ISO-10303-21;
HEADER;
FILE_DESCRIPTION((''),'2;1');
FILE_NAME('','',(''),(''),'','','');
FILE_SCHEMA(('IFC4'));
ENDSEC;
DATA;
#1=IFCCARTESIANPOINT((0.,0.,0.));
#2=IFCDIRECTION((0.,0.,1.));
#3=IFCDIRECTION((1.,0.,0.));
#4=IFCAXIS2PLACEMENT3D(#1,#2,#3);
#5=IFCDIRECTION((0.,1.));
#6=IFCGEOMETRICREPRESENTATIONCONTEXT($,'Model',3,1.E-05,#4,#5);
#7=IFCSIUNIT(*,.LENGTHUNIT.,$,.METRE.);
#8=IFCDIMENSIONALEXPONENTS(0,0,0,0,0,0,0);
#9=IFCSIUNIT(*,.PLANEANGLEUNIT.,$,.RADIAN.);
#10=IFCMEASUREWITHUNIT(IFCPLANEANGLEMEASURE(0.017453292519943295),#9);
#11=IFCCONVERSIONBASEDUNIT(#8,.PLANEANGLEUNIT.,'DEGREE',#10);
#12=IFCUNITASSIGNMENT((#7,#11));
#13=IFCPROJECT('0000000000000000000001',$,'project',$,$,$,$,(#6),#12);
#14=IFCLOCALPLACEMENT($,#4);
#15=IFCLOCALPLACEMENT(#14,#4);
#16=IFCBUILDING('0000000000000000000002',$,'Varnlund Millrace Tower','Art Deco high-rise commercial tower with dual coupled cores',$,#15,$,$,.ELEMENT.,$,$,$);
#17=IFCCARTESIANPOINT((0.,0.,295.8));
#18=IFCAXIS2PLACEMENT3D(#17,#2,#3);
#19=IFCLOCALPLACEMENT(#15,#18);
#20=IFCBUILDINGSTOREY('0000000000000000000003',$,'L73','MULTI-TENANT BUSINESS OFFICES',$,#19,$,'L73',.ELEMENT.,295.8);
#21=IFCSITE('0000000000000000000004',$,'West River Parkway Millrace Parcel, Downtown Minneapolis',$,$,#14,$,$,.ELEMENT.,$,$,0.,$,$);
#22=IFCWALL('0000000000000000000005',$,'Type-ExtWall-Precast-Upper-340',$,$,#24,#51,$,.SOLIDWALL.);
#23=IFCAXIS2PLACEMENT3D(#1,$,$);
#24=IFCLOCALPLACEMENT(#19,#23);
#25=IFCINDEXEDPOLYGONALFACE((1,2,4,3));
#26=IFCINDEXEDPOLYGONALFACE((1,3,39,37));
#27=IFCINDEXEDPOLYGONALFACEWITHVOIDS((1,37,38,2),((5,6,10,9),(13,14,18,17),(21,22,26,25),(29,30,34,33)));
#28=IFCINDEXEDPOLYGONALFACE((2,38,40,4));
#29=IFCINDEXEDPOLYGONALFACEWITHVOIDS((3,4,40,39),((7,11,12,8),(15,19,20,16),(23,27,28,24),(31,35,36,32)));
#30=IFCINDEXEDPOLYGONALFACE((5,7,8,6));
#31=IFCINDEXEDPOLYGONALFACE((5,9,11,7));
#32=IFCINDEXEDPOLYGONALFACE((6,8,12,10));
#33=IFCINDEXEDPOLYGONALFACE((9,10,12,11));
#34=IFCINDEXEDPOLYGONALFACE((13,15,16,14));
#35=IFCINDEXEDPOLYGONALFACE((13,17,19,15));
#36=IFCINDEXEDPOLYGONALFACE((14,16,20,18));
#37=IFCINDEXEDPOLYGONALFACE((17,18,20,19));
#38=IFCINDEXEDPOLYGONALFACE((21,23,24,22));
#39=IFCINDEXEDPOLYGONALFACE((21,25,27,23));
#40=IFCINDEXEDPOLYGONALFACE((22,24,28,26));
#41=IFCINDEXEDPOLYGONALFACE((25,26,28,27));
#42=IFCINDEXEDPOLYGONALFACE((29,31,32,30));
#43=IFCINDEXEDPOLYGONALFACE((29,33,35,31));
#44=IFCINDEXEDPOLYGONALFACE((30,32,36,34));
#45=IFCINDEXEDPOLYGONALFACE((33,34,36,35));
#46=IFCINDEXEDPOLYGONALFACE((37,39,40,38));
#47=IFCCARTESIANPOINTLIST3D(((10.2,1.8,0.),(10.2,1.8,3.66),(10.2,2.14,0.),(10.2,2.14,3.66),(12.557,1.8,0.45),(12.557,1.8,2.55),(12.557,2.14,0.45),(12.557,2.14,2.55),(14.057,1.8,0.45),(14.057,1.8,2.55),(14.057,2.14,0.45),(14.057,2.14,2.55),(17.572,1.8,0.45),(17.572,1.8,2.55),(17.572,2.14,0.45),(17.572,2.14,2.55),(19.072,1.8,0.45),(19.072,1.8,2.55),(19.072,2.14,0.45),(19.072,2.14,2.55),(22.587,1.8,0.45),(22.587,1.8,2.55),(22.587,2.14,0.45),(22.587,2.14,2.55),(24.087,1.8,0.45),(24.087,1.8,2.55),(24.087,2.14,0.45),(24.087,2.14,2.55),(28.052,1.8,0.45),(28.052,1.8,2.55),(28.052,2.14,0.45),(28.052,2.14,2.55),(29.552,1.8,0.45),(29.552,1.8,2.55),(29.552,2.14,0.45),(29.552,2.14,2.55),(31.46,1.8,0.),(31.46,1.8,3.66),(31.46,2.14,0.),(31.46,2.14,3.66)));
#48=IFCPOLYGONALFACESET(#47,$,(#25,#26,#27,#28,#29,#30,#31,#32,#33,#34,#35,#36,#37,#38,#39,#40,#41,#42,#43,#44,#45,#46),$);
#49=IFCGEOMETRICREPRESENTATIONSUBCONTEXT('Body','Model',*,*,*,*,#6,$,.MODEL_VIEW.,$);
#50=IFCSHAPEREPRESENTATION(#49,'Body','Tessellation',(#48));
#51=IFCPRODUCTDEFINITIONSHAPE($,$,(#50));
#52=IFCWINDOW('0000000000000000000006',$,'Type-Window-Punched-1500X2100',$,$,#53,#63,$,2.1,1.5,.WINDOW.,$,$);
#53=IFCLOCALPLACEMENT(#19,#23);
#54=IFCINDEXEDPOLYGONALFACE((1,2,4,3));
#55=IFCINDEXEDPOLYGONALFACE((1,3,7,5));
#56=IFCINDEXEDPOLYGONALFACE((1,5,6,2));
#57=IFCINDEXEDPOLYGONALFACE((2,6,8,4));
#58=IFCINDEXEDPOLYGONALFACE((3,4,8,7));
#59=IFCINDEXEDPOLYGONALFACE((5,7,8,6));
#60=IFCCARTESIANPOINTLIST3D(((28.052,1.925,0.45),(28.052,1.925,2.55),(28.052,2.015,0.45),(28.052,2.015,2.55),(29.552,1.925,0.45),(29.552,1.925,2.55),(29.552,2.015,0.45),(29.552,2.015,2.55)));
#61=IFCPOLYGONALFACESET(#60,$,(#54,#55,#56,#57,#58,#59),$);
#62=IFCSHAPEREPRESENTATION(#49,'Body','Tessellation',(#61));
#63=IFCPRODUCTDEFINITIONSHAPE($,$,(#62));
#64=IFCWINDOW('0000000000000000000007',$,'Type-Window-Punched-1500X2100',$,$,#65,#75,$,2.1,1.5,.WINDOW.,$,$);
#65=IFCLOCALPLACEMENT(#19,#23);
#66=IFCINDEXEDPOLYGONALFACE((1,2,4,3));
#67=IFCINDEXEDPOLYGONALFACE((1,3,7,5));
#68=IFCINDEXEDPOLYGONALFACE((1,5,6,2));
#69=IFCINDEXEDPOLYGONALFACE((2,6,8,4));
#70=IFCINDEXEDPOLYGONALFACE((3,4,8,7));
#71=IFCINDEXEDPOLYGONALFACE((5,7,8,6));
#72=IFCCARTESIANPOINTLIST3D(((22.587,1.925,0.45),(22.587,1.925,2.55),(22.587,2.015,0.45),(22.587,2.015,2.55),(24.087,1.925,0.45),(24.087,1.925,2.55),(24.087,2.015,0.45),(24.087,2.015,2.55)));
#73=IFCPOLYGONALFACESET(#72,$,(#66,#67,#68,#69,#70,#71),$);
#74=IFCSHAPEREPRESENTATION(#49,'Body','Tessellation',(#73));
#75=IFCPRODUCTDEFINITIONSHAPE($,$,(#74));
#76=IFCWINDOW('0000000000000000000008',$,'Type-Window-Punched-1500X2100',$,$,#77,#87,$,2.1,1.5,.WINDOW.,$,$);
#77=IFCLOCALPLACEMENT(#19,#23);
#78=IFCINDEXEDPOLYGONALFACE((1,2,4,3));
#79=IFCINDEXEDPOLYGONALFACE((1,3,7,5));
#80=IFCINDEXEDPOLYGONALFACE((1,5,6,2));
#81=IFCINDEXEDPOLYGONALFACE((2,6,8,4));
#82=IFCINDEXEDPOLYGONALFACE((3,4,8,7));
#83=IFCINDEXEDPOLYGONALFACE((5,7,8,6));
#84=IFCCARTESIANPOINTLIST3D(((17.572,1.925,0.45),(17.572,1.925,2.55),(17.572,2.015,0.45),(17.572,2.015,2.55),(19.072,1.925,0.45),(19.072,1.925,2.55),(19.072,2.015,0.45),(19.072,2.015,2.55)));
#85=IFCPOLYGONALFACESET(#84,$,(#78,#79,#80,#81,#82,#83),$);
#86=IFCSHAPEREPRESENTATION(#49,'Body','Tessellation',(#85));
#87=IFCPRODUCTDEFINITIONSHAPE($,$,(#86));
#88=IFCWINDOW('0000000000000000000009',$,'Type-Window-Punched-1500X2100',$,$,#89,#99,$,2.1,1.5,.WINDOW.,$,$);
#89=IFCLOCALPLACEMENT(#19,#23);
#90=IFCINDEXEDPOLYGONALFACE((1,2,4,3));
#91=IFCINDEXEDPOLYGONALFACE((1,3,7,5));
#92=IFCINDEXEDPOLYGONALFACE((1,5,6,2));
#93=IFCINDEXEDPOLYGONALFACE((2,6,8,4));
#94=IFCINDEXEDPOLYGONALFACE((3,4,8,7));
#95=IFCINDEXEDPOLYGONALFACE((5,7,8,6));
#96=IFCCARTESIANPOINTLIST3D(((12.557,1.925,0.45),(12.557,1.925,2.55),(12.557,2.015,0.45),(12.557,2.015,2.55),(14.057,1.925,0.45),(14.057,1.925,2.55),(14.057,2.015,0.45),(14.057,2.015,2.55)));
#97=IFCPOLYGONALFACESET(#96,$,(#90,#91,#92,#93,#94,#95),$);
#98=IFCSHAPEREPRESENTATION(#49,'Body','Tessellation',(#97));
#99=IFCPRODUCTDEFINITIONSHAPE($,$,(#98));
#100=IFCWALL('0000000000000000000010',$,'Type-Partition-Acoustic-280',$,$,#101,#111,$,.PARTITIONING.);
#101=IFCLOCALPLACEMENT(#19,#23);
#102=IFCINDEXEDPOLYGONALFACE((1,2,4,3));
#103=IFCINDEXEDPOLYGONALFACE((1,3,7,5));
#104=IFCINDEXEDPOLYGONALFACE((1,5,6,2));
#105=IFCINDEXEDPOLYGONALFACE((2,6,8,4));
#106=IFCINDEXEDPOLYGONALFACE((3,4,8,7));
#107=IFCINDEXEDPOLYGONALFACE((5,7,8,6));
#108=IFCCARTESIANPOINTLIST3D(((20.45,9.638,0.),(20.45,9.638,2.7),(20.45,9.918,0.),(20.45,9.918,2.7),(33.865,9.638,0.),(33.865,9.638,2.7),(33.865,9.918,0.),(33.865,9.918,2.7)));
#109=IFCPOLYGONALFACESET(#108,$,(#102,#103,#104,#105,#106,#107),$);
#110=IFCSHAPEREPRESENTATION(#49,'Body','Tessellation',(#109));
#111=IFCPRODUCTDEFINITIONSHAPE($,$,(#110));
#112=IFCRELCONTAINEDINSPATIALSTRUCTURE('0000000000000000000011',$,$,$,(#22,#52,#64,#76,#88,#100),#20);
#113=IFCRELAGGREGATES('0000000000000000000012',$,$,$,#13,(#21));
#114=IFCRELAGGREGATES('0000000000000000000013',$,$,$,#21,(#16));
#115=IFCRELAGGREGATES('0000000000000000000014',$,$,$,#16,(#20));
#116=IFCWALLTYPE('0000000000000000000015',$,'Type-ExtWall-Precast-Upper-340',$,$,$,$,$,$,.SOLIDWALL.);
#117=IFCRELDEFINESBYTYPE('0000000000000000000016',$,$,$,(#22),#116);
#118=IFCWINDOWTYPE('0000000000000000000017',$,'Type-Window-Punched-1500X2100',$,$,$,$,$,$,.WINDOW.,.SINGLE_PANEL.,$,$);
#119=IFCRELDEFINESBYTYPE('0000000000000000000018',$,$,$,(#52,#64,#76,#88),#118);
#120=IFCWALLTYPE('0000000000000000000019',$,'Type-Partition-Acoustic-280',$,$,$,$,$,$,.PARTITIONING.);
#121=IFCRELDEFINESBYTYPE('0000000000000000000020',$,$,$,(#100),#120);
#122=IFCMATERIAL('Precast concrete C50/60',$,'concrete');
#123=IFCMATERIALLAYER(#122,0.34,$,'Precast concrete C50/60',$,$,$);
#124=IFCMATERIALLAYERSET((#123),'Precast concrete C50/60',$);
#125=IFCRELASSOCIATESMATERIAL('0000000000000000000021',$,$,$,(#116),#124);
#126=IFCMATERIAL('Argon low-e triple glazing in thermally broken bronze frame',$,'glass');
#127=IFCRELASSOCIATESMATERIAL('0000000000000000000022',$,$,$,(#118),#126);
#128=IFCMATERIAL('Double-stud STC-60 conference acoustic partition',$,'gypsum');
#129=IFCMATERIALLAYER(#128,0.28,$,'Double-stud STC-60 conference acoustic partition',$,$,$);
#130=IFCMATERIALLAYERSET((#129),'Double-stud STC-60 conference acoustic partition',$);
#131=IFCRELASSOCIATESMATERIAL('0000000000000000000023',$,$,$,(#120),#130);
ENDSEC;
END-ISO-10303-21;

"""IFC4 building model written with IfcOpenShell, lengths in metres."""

from ifc_helpers import new_model, entity, si_unit, converted_unit, direction, frame, origin_with_axes, origin_2d_with_axis, place, context, subcontext, project, spatial, polyline, rectangle, outline, extrude, material, layer, layer_set, type_object, element, fill, save


model = new_model("IFC4")

# Units and contexts
model_context = context("Model", 3, precision=1e-05, world=origin_with_axes(), true_north=direction((0.0, 1.0)))
body_context = subcontext(model_context, "Body", "Model", "MODEL_VIEW")
ifc_project = project(units=[si_unit("LENGTHUNIT", "METRE"), converted_unit("PLANEANGLEUNIT", "DEGREE", entity("IfcPlaneAngleMeasure", 0.017453292519943295), si_unit("PLANEANGLEUNIT", "RADIAN"), dimensions=[0, 0, 0, 0, 0, 0, 0])], contexts=[model_context])

# Site, building, storey
site_placement = place(None, origin_with_axes())
site = spatial("IfcSite", under=ifc_project, at=site_placement, Name="West River Parkway Millrace Parcel, Downtown Minneapolis", CompositionType="ELEMENT", RefElevation=0.0)
building_placement = place(site_placement, origin_with_axes())
building = spatial("IfcBuilding", under=site, at=building_placement, Name="Varnlund Millrace Tower", Description="Art Deco high-rise commercial tower with dual coupled cores", CompositionType="ELEMENT")
storey_placement = place(building_placement, frame((0.0, 0.0, 295.8), z_axis=(0.0, 0.0, 1.0), x_axis=(1.0, 0.0, 0.0)))
storey = spatial("IfcBuildingStorey", under=building, at=storey_placement, Name="L73", Description="MULTI-TENANT BUSINESS OFFICES", LongName="L73", CompositionType="ELEMENT", Elevation=295.8)

# Shared definitions
ifc_material_1 = material(Name="Precast concrete C50/60", Category="concrete")
ifc_layer_1 = layer(ifc_material_1, 0.34, Name="Precast concrete C50/60")
ifc_layer_set_1 = layer_set([ifc_layer_1], Name="Precast concrete C50/60")
wall_type_1 = type_object("IfcWallType", Name="Type-ExtWall-Precast-Upper-340", PredefinedType="SOLIDWALL", material=ifc_layer_set_1)

# Wall, openings, windows
wall_1_placement = place(storey_placement, frame((31.46, 1.97, 0.0), z_axis=(0.0, 0.0, 1.0), x_axis=(-1.0, 0.0, 0.0)))
wall_1 = element("IfcWall", 1, at=wall_1_placement, inside=storey, type_object=wall_type_1, Name="Type-ExtWall-Precast-Upper-340", PredefinedType="SOLIDWALL", context=body_context, shape_type="SweptSolid", body=[
    extrude(outline(polyline([(0.0, -0.17), (21.26, -0.17), (21.26, 0.17), (0.0, 0.17), (0.0, -0.17)])), origin_with_axes(), (0.0, 0.0, 1.0), 3.66),
])
opening_1_placement = place(wall_1_placement, frame((2.658, 0.0, 0.45), z_axis=(0.0, 0.0, 1.0), x_axis=(1.0, 0.0, 0.0)))
opening_1 = element("IfcOpeningElement", 2, at=opening_1_placement, cuts=wall_1, PredefinedType="OPENING", context=body_context, shape_type="SweptSolid", body=[
    extrude(rectangle(XDim=1.5, YDim=0.36, at=origin_2d_with_axis()), origin_with_axes(), (0.0, 0.0, 1.0), 2.1),
])
opening_2_placement = place(wall_1_placement, frame((8.123, 0.0, 0.45), z_axis=(0.0, 0.0, 1.0), x_axis=(1.0, 0.0, 0.0)))
opening_2 = element("IfcOpeningElement", 3, at=opening_2_placement, cuts=wall_1, PredefinedType="OPENING", context=body_context, shape_type="SweptSolid", body=[
    extrude(rectangle(XDim=1.5, YDim=0.36, at=origin_2d_with_axis()), origin_with_axes(), (0.0, 0.0, 1.0), 2.1),
])
opening_3_placement = place(wall_1_placement, frame((13.138, 0.0, 0.45), z_axis=(0.0, 0.0, 1.0), x_axis=(1.0, 0.0, 0.0)))
opening_3 = element("IfcOpeningElement", 4, at=opening_3_placement, cuts=wall_1, PredefinedType="OPENING", context=body_context, shape_type="SweptSolid", body=[
    extrude(rectangle(XDim=1.5, YDim=0.36, at=origin_2d_with_axis()), origin_with_axes(), (0.0, 0.0, 1.0), 2.1),
])
opening_4_placement = place(wall_1_placement, frame((18.153, 0.0, 0.45), z_axis=(0.0, 0.0, 1.0), x_axis=(1.0, 0.0, 0.0)))
opening_4 = element("IfcOpeningElement", 5, at=opening_4_placement, cuts=wall_1, PredefinedType="OPENING", context=body_context, shape_type="SweptSolid", body=[
    extrude(rectangle(XDim=1.5, YDim=0.36, at=origin_2d_with_axis()), origin_with_axes(), (0.0, 0.0, 1.0), 2.1),
])
ifc_material_2 = material(Name="Argon low-e triple glazing in thermally broken bronze frame", Category="glass")
window_type = type_object("IfcWindowType", Name="Type-Window-Punched-1500X2100", PartitioningType="SINGLE_PANEL", PredefinedType="WINDOW", material=ifc_material_2)
window_1_placement = place(wall_1_placement, frame((2.658, 0.0, 0.45), z_axis=(0.0, 0.0, 1.0), x_axis=(1.0, 0.0, 0.0)))
window_1 = element("IfcWindow", 6, at=window_1_placement, inside=storey, type_object=window_type, Name="Type-Window-Punched-1500X2100", OverallHeight=2.1, OverallWidth=1.5, PredefinedType="WINDOW", context=body_context, shape_type="SweptSolid", body=[
    extrude(rectangle(XDim=1.5, YDim=0.09, at=origin_2d_with_axis()), origin_with_axes(), (0.0, 0.0, 1.0), 2.1),
])
fill(opening_1, window_1)
window_2_placement = place(wall_1_placement, frame((8.123, 0.0, 0.45), z_axis=(0.0, 0.0, 1.0), x_axis=(1.0, 0.0, 0.0)))
window_2 = element("IfcWindow", 7, at=window_2_placement, inside=storey, type_object=window_type, Name="Type-Window-Punched-1500X2100", OverallHeight=2.1, OverallWidth=1.5, PredefinedType="WINDOW", context=body_context, shape_type="SweptSolid", body=[
    extrude(rectangle(XDim=1.5, YDim=0.09, at=origin_2d_with_axis()), origin_with_axes(), (0.0, 0.0, 1.0), 2.1),
])
fill(opening_2, window_2)
window_3_placement = place(wall_1_placement, frame((13.138, 0.0, 0.45), z_axis=(0.0, 0.0, 1.0), x_axis=(1.0, 0.0, 0.0)))
window_3 = element("IfcWindow", 8, at=window_3_placement, inside=storey, type_object=window_type, Name="Type-Window-Punched-1500X2100", OverallHeight=2.1, OverallWidth=1.5, PredefinedType="WINDOW", context=body_context, shape_type="SweptSolid", body=[
    extrude(rectangle(XDim=1.5, YDim=0.09, at=origin_2d_with_axis()), origin_with_axes(), (0.0, 0.0, 1.0), 2.1),
])
fill(opening_3, window_3)
window_4_placement = place(wall_1_placement, frame((18.153, 0.0, 0.45), z_axis=(0.0, 0.0, 1.0), x_axis=(1.0, 0.0, 0.0)))
window_4 = element("IfcWindow", 9, at=window_4_placement, inside=storey, type_object=window_type, Name="Type-Window-Punched-1500X2100", OverallHeight=2.1, OverallWidth=1.5, PredefinedType="WINDOW", context=body_context, shape_type="SweptSolid", body=[
    extrude(rectangle(XDim=1.5, YDim=0.09, at=origin_2d_with_axis()), origin_with_axes(), (0.0, 0.0, 1.0), 2.1),
])
fill(opening_4, window_4)

# Wall
ifc_material_3 = material(Name="Double-stud STC-60 conference acoustic partition", Category="gypsum")
ifc_layer_2 = layer(ifc_material_3, 0.28, Name="Double-stud STC-60 conference acoustic partition")
ifc_layer_set_2 = layer_set([ifc_layer_2], Name="Double-stud STC-60 conference acoustic partition")
wall_type_2 = type_object("IfcWallType", Name="Type-Partition-Acoustic-280", PredefinedType="PARTITIONING", material=ifc_layer_set_2)
wall_2_placement = place(storey_placement, frame((20.45, 9.778, 0.0), z_axis=(0.0, 0.0, 1.0), x_axis=(1.0, 0.0, 0.0)))
element("IfcWall", 10, at=wall_2_placement, inside=storey, type_object=wall_type_2, Name="Type-Partition-Acoustic-280", PredefinedType="PARTITIONING", context=body_context, shape_type="SweptSolid", body=[
    extrude(outline(polyline([(0.0, -0.14), (13.415, -0.14), (13.415, 0.14), (0.0, 0.14), (0.0, -0.14)])), origin_with_axes(), (0.0, 0.0, 1.0), 2.7),
])

save(model, "model.ifc")
